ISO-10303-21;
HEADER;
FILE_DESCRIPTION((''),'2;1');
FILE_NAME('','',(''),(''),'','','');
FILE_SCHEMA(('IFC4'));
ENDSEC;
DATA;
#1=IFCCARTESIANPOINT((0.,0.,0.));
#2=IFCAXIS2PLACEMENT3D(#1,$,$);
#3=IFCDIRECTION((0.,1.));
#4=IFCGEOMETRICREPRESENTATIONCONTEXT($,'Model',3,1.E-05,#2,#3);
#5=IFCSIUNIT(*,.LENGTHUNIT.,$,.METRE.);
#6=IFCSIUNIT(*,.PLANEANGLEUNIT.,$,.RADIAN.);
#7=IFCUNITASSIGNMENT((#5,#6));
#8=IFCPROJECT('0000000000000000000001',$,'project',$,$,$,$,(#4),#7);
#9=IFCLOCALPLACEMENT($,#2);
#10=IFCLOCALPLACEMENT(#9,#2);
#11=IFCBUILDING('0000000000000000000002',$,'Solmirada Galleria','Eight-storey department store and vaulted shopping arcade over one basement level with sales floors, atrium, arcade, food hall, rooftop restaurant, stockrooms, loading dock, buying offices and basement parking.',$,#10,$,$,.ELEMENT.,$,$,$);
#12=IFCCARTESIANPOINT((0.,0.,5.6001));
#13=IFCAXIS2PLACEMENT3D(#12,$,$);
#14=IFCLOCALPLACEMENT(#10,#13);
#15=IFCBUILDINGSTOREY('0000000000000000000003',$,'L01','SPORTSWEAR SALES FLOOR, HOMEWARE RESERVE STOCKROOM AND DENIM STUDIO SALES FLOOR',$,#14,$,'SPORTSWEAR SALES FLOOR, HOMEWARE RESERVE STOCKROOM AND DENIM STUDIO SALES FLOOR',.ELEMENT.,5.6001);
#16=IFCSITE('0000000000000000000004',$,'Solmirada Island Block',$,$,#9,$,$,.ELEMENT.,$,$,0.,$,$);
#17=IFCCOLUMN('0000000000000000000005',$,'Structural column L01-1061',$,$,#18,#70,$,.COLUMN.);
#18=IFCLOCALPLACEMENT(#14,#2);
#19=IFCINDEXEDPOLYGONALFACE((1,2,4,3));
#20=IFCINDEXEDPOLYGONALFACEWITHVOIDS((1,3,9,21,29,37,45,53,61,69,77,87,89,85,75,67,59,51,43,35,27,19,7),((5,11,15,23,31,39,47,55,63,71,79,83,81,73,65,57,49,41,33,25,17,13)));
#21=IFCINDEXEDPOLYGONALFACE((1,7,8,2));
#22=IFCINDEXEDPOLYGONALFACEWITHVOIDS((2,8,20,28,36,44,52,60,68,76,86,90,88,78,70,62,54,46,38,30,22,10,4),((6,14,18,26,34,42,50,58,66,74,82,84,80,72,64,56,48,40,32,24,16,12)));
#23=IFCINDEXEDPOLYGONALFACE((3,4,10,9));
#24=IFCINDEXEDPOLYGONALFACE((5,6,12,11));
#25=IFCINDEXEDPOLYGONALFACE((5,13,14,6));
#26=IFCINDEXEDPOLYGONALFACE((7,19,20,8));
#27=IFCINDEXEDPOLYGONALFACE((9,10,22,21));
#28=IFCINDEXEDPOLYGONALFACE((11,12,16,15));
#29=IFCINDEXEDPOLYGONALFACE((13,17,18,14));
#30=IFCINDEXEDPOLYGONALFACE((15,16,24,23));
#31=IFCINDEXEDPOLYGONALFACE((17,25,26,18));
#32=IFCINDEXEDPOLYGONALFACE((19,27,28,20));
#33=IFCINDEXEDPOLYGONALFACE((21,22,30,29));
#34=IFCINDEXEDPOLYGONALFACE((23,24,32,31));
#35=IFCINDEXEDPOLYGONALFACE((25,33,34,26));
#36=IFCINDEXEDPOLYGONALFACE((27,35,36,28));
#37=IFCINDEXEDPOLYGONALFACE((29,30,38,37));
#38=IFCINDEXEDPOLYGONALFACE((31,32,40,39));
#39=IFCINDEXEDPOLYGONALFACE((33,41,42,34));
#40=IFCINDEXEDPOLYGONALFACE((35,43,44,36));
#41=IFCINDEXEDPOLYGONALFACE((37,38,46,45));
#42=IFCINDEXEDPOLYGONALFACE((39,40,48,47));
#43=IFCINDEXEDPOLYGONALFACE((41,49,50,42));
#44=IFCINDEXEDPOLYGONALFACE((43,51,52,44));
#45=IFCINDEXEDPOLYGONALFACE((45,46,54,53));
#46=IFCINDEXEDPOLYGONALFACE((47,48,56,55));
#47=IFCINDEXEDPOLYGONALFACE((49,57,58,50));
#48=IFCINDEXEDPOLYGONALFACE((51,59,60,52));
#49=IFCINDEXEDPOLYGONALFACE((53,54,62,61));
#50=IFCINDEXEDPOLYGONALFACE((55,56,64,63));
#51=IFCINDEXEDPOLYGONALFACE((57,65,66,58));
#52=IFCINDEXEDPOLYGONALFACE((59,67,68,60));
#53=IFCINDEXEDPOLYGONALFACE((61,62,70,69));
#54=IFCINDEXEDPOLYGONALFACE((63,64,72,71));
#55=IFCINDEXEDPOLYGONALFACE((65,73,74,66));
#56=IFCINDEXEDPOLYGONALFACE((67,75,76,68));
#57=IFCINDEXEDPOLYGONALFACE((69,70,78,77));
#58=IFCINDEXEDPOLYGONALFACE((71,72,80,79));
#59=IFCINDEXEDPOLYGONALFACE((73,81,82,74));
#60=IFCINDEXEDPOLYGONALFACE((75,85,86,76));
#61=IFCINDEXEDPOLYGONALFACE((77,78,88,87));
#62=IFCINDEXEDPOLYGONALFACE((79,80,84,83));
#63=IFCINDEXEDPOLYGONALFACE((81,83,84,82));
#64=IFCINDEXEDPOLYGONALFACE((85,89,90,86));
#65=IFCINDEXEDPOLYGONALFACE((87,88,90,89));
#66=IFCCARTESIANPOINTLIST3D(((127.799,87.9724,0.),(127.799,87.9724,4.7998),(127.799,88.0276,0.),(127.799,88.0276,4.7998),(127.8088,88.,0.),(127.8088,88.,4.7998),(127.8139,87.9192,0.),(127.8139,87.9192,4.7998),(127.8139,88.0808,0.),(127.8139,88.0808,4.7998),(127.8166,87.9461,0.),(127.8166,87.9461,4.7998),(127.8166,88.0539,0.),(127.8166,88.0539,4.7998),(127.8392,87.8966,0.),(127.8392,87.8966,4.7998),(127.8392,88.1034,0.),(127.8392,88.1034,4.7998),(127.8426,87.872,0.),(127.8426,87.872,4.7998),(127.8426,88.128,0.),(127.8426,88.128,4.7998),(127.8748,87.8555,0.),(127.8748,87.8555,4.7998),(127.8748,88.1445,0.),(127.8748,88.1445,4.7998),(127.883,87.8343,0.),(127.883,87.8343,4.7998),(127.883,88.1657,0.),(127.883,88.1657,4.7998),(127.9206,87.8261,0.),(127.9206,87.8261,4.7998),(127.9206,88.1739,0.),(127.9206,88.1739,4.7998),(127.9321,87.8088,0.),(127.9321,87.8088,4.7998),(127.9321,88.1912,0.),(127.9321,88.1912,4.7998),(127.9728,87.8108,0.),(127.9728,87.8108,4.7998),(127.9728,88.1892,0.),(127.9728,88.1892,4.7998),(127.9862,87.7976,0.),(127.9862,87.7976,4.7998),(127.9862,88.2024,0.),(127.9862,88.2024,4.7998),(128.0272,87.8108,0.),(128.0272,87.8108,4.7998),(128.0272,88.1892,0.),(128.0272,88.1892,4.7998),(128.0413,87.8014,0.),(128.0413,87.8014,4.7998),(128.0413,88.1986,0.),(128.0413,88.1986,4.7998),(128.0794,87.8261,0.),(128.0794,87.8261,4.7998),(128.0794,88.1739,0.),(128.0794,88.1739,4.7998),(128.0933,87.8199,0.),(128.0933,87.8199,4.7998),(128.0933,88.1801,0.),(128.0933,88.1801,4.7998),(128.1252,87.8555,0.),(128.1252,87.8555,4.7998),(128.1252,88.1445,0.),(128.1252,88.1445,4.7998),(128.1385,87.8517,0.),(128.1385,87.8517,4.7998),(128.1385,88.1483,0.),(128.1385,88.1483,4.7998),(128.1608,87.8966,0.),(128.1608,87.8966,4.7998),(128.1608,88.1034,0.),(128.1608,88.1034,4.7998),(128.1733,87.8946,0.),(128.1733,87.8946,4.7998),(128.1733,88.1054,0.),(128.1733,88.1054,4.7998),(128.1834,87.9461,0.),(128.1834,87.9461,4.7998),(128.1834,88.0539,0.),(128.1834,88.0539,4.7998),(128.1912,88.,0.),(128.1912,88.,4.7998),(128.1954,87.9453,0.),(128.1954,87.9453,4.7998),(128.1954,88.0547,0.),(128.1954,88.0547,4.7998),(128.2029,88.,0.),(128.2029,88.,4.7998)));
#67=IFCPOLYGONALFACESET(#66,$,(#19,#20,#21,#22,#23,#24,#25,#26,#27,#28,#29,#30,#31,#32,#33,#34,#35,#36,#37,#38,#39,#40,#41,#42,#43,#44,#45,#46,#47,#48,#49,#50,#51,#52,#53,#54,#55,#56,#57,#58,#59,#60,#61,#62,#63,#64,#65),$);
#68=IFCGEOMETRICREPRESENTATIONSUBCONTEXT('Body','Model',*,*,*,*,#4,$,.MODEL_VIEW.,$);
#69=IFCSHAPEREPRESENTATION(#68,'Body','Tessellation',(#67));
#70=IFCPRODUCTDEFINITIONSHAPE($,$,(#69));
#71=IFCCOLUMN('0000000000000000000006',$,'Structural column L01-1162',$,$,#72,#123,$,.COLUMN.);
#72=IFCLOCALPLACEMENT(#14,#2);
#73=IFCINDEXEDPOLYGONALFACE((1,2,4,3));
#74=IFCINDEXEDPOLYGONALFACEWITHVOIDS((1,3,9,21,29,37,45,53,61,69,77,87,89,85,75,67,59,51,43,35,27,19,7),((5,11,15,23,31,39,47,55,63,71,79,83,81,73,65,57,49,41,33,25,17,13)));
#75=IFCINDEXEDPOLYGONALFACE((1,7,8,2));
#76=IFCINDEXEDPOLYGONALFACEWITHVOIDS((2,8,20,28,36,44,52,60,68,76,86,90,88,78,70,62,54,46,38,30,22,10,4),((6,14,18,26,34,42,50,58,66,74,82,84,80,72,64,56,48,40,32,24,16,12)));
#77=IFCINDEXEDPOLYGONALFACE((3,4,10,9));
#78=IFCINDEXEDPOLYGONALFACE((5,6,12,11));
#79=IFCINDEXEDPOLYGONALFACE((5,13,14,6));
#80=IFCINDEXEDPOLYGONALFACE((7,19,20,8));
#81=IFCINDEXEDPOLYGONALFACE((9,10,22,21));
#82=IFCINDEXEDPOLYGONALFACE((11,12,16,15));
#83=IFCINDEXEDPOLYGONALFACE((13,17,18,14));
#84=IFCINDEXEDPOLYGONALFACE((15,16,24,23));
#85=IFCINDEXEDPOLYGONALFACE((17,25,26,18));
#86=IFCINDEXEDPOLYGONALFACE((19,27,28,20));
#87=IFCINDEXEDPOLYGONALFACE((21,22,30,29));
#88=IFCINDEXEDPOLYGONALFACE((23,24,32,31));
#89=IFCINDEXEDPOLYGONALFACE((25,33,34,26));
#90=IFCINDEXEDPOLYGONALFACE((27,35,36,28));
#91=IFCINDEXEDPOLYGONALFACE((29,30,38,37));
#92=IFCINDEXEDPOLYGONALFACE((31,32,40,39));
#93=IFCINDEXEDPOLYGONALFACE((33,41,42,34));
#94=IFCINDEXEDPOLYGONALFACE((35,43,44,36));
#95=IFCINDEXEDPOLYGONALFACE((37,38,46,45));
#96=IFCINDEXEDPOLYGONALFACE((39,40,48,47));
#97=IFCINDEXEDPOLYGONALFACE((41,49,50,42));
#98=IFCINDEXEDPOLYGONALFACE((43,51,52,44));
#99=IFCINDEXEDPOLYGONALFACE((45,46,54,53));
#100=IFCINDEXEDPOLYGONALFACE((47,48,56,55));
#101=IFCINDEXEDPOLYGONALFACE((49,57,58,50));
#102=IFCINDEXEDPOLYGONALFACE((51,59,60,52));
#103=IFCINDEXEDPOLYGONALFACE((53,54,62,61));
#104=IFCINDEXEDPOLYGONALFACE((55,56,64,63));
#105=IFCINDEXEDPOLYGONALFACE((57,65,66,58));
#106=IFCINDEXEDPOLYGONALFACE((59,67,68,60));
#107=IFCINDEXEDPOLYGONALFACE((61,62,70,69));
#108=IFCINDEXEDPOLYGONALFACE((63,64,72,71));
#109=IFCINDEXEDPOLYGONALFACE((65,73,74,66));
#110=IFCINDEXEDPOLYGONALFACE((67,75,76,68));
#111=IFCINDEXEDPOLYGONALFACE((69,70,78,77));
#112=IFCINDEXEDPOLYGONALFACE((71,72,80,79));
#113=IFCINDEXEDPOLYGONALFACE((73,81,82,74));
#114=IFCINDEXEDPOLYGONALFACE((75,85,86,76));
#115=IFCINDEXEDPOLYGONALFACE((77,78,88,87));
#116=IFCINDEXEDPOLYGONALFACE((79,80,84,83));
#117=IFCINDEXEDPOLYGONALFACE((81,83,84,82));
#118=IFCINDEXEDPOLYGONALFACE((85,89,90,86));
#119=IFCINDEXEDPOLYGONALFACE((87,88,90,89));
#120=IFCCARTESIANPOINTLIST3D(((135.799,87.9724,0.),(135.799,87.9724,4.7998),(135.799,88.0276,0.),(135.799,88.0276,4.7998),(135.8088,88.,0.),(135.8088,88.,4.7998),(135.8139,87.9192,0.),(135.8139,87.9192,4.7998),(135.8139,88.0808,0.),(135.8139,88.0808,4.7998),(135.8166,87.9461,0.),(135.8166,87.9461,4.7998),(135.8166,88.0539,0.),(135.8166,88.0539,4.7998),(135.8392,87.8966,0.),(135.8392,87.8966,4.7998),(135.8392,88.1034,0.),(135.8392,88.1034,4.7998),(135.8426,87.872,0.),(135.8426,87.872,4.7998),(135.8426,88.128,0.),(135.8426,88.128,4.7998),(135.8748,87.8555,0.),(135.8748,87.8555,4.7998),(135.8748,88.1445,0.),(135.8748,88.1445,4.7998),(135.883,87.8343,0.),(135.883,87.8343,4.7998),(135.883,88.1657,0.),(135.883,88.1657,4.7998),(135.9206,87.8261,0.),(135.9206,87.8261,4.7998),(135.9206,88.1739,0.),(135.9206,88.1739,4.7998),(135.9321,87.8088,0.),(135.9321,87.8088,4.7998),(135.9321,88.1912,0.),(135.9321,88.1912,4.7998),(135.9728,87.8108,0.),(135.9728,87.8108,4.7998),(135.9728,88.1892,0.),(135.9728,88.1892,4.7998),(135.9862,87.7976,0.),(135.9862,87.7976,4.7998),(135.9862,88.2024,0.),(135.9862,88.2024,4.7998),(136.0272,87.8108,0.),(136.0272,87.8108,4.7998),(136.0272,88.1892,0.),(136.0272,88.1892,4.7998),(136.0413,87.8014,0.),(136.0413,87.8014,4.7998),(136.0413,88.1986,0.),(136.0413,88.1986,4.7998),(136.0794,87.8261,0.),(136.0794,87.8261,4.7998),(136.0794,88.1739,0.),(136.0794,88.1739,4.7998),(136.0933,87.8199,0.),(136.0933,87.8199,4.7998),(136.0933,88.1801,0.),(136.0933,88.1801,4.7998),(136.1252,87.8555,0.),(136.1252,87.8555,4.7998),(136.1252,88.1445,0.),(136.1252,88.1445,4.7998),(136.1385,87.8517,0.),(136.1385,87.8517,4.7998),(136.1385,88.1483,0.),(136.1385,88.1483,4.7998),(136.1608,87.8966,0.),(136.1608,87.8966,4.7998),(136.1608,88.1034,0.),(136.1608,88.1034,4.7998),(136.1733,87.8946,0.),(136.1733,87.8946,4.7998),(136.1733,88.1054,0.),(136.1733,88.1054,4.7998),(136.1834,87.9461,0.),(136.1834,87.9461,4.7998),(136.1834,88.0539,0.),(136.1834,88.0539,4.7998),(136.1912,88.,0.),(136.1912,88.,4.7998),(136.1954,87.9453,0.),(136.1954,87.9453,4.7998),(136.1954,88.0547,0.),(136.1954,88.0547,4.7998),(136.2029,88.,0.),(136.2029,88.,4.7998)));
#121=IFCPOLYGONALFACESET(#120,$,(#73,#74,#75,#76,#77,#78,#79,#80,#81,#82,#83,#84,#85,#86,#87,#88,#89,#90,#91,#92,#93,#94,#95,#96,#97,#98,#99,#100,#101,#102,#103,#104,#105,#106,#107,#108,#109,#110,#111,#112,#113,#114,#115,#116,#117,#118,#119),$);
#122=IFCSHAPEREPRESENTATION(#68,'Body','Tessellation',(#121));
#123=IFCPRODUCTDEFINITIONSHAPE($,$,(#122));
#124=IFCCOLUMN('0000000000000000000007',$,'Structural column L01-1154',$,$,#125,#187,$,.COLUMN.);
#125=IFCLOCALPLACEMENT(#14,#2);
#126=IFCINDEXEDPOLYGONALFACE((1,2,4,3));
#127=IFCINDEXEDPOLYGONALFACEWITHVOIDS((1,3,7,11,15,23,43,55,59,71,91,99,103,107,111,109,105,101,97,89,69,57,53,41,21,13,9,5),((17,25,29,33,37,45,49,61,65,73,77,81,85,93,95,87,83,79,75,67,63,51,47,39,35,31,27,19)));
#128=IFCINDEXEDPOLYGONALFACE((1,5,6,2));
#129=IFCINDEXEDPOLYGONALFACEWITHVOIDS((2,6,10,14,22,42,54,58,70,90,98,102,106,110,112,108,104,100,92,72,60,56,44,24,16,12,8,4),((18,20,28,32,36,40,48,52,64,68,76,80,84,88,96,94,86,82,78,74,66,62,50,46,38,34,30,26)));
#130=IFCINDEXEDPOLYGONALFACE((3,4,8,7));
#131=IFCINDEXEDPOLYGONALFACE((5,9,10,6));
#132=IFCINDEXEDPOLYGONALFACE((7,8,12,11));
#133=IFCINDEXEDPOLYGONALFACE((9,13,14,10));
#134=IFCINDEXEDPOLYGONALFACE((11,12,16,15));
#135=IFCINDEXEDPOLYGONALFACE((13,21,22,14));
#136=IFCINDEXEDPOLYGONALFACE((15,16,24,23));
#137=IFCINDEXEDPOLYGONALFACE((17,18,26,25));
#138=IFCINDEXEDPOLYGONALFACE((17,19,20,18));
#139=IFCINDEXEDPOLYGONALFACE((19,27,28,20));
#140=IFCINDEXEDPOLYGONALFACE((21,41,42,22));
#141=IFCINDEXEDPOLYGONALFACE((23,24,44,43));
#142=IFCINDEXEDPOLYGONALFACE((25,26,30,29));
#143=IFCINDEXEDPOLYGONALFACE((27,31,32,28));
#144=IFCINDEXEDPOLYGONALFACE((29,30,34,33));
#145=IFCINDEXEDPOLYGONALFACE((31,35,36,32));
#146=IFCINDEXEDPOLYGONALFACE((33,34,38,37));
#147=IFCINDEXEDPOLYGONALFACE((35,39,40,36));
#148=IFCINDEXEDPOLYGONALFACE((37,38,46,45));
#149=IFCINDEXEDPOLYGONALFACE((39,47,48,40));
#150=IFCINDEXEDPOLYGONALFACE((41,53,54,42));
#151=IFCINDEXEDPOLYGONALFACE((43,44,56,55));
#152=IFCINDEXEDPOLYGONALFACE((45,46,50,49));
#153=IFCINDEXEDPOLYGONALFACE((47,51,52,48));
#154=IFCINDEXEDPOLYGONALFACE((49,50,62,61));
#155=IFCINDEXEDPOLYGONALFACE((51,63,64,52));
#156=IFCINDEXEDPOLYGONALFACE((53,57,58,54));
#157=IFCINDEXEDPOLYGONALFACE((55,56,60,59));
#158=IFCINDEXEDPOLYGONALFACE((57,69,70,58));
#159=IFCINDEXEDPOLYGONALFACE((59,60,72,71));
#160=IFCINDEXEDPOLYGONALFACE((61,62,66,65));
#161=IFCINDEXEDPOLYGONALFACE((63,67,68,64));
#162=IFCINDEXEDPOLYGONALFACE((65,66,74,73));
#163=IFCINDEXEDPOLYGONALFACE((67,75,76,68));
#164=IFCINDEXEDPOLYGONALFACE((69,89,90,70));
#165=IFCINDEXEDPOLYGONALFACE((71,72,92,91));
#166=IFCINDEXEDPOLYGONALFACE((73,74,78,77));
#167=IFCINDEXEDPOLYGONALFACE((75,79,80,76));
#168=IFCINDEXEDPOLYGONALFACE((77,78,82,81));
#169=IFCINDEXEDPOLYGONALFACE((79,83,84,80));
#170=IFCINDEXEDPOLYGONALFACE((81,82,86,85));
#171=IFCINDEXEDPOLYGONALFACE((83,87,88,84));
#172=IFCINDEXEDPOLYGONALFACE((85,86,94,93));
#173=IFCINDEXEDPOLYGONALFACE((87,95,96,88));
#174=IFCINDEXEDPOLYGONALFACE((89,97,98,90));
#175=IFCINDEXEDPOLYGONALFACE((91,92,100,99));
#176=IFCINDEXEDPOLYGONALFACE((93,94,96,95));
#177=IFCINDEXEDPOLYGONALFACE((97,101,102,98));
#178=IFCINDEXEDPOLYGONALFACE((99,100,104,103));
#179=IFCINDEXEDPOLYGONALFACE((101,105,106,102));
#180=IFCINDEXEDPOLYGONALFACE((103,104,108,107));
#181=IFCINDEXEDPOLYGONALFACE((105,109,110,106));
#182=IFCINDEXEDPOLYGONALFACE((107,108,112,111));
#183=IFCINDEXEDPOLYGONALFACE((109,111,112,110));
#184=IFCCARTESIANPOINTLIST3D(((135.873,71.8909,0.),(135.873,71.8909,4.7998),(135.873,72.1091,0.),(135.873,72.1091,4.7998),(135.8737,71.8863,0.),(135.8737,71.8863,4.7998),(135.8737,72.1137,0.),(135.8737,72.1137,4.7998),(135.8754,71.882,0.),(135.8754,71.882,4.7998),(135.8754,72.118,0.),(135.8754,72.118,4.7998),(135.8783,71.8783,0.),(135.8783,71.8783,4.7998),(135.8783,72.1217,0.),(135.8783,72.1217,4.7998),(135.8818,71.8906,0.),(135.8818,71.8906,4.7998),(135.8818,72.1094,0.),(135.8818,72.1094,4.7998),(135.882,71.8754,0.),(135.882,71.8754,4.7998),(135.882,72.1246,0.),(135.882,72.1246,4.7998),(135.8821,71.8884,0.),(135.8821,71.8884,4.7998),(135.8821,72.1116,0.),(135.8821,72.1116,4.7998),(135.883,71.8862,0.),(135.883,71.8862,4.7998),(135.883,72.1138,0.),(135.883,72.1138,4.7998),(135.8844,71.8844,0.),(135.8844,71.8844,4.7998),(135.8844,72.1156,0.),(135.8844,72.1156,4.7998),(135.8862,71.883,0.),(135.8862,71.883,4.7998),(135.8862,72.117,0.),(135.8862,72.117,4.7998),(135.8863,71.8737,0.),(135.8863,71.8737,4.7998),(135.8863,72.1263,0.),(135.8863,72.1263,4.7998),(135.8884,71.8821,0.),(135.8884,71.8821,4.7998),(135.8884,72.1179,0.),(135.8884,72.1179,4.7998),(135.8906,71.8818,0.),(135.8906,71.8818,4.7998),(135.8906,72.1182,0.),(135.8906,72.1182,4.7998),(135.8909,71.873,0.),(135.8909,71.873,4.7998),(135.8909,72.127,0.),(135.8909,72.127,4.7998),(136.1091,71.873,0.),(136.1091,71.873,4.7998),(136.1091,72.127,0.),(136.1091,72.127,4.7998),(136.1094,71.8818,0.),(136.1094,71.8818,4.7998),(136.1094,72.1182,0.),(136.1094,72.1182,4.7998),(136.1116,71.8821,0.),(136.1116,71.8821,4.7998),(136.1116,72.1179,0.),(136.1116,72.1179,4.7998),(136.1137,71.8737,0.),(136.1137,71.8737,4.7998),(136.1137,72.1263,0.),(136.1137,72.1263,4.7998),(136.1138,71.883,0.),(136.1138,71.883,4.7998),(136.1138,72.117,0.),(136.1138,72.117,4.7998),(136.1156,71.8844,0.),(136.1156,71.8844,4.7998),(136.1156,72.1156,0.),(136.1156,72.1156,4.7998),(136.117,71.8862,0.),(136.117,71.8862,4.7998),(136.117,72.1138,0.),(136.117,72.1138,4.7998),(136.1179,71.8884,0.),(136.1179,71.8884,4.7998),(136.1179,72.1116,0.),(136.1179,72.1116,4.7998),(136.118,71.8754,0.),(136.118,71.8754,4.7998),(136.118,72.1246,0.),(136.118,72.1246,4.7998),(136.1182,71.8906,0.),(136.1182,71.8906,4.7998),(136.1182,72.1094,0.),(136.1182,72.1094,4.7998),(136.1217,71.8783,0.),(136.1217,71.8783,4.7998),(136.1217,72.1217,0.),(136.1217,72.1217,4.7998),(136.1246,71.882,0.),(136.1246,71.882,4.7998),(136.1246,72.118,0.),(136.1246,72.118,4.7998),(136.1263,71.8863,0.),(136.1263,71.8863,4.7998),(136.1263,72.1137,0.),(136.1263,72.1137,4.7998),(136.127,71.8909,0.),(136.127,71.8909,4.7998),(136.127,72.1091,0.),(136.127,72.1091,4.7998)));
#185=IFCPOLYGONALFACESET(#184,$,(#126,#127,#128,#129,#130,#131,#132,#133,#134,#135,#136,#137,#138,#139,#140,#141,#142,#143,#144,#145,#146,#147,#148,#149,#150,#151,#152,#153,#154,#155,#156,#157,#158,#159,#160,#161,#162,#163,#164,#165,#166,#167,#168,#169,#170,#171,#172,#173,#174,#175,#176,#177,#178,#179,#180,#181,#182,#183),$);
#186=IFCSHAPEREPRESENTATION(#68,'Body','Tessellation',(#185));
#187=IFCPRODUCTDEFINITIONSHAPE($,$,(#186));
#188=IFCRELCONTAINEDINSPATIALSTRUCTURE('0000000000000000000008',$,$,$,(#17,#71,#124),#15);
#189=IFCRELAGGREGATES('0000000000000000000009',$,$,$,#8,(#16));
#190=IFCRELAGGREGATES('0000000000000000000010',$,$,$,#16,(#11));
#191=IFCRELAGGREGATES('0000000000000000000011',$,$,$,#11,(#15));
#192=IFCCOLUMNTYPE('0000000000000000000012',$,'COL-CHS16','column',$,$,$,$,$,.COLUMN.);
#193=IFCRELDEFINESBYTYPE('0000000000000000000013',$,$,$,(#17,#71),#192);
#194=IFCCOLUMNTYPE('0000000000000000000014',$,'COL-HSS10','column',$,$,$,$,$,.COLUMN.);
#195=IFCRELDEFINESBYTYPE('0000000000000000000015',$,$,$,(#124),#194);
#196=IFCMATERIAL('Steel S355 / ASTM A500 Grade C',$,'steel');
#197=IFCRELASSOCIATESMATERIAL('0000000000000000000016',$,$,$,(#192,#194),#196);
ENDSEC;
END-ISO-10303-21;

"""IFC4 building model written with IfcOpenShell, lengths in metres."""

from ifc_helpers import new_model, si_unit, direction, frame, origin, origin_2d, place, context, subcontext, project, spatial, hollow_rectangle, hollow_circle, extrude, material, material_profile, profile_set, type_object, element, save


model = new_model("IFC4")

# Units and contexts
model_context = context("Model", 3, precision=1e-05, world=origin(), true_north=direction((0.0, 1.0)))
body_context = subcontext(model_context, "Body", "Model", "MODEL_VIEW")
ifc_project = project(units=[si_unit("LENGTHUNIT", "METRE"), si_unit("PLANEANGLEUNIT", "RADIAN")], contexts=[model_context])

# Site, building, storey
site_placement = place(None, origin())
site = spatial("IfcSite", under=ifc_project, at=site_placement, Name="Solmirada Island Block", CompositionType="ELEMENT", RefElevation=0.0)
building_placement = place(site_placement, origin())
building = spatial("IfcBuilding", under=site, at=building_placement, Name="Solmirada Galleria", Description="Eight-storey department store and vaulted shopping arcade over one basement level with sales floors, atrium, arcade, food hall, rooftop restaurant, stockrooms, loading dock, buying offices and basement parking.", CompositionType="ELEMENT")
storey_placement = place(building_placement, frame((0.0, 0.0, 5.6001)))
storey = spatial("IfcBuildingStorey", under=building, at=storey_placement, Name="L01", Description="SPORTSWEAR SALES FLOOR, HOMEWARE RESERVE STOCKROOM AND DENIM STUDIO SALES FLOOR", LongName="SPORTSWEAR SALES FLOOR, HOMEWARE RESERVE STOCKROOM AND DENIM STUDIO SALES FLOOR", CompositionType="ELEMENT", Elevation=5.6001)

# Columns
ifc_material_1 = material(Name="Steel S355 / ASTM A500 Grade C", Category="steel")
ifc_material_profile_1 = material_profile(ifc_material_1, hollow_circle(Radius=0.2029, WallThickness=0.0117, at=origin_2d()), Name="HSS16.000X0.500")
ifc_profile_set_1 = profile_set([ifc_material_profile_1], Name="Steel S355 / ASTM A500 Grade C")
column_type_1 = type_object("IfcColumnType", Name="COL-CHS16", Description="column", PredefinedType="COLUMN", material=ifc_profile_set_1)
for number, where, z_axis, x_axis, name in (
    (1, (128.0, 88.0, 0.0), (0.0, 0.0, 1.0), (1.0, 0.0, 0.0), "Structural column L01-1061"),
    (2, (136.0, 88.0, 0.0), (0.0, 0.0, 1.0), (1.0, 0.0, 0.0), "Structural column L01-1162"),
):
    element("IfcColumn", number, at=place(storey_placement, frame(where, z_axis=z_axis, x_axis=x_axis)), inside=storey, type_object=column_type_1, Name=name, PredefinedType="COLUMN", context=body_context, shape_type="SweptSolid", body=[
        extrude(hollow_circle(Radius=0.2029, WallThickness=0.0117, at=origin_2d()), origin(), (0.0, 0.0, 1.0), 4.7998),
    ])
ifc_material_profile_2 = material_profile(ifc_material_1, hollow_rectangle(XDim=0.2539, YDim=0.2539, WallThickness=0.0088, InnerFilletRadius=0.0088, OuterFilletRadius=0.0178, at=origin_2d()), Name="HSS10X10X3/8")
ifc_profile_set_2 = profile_set([ifc_material_profile_2], Name="Steel S355 / ASTM A500 Grade C")
column_type_2 = type_object("IfcColumnType", Name="COL-HSS10", Description="column", PredefinedType="COLUMN", material=ifc_profile_set_2)
column_placement = place(storey_placement, frame((136.0, 72.0, 0.0), z_axis=(0.0, 0.0, 1.0), x_axis=(1.0, 0.0, 0.0)))
element("IfcColumn", 3, at=column_placement, inside=storey, type_object=column_type_2, Name="Structural column L01-1154", PredefinedType="COLUMN", context=body_context, shape_type="SweptSolid", body=[
    extrude(hollow_rectangle(XDim=0.2539, YDim=0.2539, WallThickness=0.0088, InnerFilletRadius=0.0088, OuterFilletRadius=0.0178, at=origin_2d()), origin(), (0.0, 0.0, 1.0), 4.7998),
])

save(model, "model.ifc")
